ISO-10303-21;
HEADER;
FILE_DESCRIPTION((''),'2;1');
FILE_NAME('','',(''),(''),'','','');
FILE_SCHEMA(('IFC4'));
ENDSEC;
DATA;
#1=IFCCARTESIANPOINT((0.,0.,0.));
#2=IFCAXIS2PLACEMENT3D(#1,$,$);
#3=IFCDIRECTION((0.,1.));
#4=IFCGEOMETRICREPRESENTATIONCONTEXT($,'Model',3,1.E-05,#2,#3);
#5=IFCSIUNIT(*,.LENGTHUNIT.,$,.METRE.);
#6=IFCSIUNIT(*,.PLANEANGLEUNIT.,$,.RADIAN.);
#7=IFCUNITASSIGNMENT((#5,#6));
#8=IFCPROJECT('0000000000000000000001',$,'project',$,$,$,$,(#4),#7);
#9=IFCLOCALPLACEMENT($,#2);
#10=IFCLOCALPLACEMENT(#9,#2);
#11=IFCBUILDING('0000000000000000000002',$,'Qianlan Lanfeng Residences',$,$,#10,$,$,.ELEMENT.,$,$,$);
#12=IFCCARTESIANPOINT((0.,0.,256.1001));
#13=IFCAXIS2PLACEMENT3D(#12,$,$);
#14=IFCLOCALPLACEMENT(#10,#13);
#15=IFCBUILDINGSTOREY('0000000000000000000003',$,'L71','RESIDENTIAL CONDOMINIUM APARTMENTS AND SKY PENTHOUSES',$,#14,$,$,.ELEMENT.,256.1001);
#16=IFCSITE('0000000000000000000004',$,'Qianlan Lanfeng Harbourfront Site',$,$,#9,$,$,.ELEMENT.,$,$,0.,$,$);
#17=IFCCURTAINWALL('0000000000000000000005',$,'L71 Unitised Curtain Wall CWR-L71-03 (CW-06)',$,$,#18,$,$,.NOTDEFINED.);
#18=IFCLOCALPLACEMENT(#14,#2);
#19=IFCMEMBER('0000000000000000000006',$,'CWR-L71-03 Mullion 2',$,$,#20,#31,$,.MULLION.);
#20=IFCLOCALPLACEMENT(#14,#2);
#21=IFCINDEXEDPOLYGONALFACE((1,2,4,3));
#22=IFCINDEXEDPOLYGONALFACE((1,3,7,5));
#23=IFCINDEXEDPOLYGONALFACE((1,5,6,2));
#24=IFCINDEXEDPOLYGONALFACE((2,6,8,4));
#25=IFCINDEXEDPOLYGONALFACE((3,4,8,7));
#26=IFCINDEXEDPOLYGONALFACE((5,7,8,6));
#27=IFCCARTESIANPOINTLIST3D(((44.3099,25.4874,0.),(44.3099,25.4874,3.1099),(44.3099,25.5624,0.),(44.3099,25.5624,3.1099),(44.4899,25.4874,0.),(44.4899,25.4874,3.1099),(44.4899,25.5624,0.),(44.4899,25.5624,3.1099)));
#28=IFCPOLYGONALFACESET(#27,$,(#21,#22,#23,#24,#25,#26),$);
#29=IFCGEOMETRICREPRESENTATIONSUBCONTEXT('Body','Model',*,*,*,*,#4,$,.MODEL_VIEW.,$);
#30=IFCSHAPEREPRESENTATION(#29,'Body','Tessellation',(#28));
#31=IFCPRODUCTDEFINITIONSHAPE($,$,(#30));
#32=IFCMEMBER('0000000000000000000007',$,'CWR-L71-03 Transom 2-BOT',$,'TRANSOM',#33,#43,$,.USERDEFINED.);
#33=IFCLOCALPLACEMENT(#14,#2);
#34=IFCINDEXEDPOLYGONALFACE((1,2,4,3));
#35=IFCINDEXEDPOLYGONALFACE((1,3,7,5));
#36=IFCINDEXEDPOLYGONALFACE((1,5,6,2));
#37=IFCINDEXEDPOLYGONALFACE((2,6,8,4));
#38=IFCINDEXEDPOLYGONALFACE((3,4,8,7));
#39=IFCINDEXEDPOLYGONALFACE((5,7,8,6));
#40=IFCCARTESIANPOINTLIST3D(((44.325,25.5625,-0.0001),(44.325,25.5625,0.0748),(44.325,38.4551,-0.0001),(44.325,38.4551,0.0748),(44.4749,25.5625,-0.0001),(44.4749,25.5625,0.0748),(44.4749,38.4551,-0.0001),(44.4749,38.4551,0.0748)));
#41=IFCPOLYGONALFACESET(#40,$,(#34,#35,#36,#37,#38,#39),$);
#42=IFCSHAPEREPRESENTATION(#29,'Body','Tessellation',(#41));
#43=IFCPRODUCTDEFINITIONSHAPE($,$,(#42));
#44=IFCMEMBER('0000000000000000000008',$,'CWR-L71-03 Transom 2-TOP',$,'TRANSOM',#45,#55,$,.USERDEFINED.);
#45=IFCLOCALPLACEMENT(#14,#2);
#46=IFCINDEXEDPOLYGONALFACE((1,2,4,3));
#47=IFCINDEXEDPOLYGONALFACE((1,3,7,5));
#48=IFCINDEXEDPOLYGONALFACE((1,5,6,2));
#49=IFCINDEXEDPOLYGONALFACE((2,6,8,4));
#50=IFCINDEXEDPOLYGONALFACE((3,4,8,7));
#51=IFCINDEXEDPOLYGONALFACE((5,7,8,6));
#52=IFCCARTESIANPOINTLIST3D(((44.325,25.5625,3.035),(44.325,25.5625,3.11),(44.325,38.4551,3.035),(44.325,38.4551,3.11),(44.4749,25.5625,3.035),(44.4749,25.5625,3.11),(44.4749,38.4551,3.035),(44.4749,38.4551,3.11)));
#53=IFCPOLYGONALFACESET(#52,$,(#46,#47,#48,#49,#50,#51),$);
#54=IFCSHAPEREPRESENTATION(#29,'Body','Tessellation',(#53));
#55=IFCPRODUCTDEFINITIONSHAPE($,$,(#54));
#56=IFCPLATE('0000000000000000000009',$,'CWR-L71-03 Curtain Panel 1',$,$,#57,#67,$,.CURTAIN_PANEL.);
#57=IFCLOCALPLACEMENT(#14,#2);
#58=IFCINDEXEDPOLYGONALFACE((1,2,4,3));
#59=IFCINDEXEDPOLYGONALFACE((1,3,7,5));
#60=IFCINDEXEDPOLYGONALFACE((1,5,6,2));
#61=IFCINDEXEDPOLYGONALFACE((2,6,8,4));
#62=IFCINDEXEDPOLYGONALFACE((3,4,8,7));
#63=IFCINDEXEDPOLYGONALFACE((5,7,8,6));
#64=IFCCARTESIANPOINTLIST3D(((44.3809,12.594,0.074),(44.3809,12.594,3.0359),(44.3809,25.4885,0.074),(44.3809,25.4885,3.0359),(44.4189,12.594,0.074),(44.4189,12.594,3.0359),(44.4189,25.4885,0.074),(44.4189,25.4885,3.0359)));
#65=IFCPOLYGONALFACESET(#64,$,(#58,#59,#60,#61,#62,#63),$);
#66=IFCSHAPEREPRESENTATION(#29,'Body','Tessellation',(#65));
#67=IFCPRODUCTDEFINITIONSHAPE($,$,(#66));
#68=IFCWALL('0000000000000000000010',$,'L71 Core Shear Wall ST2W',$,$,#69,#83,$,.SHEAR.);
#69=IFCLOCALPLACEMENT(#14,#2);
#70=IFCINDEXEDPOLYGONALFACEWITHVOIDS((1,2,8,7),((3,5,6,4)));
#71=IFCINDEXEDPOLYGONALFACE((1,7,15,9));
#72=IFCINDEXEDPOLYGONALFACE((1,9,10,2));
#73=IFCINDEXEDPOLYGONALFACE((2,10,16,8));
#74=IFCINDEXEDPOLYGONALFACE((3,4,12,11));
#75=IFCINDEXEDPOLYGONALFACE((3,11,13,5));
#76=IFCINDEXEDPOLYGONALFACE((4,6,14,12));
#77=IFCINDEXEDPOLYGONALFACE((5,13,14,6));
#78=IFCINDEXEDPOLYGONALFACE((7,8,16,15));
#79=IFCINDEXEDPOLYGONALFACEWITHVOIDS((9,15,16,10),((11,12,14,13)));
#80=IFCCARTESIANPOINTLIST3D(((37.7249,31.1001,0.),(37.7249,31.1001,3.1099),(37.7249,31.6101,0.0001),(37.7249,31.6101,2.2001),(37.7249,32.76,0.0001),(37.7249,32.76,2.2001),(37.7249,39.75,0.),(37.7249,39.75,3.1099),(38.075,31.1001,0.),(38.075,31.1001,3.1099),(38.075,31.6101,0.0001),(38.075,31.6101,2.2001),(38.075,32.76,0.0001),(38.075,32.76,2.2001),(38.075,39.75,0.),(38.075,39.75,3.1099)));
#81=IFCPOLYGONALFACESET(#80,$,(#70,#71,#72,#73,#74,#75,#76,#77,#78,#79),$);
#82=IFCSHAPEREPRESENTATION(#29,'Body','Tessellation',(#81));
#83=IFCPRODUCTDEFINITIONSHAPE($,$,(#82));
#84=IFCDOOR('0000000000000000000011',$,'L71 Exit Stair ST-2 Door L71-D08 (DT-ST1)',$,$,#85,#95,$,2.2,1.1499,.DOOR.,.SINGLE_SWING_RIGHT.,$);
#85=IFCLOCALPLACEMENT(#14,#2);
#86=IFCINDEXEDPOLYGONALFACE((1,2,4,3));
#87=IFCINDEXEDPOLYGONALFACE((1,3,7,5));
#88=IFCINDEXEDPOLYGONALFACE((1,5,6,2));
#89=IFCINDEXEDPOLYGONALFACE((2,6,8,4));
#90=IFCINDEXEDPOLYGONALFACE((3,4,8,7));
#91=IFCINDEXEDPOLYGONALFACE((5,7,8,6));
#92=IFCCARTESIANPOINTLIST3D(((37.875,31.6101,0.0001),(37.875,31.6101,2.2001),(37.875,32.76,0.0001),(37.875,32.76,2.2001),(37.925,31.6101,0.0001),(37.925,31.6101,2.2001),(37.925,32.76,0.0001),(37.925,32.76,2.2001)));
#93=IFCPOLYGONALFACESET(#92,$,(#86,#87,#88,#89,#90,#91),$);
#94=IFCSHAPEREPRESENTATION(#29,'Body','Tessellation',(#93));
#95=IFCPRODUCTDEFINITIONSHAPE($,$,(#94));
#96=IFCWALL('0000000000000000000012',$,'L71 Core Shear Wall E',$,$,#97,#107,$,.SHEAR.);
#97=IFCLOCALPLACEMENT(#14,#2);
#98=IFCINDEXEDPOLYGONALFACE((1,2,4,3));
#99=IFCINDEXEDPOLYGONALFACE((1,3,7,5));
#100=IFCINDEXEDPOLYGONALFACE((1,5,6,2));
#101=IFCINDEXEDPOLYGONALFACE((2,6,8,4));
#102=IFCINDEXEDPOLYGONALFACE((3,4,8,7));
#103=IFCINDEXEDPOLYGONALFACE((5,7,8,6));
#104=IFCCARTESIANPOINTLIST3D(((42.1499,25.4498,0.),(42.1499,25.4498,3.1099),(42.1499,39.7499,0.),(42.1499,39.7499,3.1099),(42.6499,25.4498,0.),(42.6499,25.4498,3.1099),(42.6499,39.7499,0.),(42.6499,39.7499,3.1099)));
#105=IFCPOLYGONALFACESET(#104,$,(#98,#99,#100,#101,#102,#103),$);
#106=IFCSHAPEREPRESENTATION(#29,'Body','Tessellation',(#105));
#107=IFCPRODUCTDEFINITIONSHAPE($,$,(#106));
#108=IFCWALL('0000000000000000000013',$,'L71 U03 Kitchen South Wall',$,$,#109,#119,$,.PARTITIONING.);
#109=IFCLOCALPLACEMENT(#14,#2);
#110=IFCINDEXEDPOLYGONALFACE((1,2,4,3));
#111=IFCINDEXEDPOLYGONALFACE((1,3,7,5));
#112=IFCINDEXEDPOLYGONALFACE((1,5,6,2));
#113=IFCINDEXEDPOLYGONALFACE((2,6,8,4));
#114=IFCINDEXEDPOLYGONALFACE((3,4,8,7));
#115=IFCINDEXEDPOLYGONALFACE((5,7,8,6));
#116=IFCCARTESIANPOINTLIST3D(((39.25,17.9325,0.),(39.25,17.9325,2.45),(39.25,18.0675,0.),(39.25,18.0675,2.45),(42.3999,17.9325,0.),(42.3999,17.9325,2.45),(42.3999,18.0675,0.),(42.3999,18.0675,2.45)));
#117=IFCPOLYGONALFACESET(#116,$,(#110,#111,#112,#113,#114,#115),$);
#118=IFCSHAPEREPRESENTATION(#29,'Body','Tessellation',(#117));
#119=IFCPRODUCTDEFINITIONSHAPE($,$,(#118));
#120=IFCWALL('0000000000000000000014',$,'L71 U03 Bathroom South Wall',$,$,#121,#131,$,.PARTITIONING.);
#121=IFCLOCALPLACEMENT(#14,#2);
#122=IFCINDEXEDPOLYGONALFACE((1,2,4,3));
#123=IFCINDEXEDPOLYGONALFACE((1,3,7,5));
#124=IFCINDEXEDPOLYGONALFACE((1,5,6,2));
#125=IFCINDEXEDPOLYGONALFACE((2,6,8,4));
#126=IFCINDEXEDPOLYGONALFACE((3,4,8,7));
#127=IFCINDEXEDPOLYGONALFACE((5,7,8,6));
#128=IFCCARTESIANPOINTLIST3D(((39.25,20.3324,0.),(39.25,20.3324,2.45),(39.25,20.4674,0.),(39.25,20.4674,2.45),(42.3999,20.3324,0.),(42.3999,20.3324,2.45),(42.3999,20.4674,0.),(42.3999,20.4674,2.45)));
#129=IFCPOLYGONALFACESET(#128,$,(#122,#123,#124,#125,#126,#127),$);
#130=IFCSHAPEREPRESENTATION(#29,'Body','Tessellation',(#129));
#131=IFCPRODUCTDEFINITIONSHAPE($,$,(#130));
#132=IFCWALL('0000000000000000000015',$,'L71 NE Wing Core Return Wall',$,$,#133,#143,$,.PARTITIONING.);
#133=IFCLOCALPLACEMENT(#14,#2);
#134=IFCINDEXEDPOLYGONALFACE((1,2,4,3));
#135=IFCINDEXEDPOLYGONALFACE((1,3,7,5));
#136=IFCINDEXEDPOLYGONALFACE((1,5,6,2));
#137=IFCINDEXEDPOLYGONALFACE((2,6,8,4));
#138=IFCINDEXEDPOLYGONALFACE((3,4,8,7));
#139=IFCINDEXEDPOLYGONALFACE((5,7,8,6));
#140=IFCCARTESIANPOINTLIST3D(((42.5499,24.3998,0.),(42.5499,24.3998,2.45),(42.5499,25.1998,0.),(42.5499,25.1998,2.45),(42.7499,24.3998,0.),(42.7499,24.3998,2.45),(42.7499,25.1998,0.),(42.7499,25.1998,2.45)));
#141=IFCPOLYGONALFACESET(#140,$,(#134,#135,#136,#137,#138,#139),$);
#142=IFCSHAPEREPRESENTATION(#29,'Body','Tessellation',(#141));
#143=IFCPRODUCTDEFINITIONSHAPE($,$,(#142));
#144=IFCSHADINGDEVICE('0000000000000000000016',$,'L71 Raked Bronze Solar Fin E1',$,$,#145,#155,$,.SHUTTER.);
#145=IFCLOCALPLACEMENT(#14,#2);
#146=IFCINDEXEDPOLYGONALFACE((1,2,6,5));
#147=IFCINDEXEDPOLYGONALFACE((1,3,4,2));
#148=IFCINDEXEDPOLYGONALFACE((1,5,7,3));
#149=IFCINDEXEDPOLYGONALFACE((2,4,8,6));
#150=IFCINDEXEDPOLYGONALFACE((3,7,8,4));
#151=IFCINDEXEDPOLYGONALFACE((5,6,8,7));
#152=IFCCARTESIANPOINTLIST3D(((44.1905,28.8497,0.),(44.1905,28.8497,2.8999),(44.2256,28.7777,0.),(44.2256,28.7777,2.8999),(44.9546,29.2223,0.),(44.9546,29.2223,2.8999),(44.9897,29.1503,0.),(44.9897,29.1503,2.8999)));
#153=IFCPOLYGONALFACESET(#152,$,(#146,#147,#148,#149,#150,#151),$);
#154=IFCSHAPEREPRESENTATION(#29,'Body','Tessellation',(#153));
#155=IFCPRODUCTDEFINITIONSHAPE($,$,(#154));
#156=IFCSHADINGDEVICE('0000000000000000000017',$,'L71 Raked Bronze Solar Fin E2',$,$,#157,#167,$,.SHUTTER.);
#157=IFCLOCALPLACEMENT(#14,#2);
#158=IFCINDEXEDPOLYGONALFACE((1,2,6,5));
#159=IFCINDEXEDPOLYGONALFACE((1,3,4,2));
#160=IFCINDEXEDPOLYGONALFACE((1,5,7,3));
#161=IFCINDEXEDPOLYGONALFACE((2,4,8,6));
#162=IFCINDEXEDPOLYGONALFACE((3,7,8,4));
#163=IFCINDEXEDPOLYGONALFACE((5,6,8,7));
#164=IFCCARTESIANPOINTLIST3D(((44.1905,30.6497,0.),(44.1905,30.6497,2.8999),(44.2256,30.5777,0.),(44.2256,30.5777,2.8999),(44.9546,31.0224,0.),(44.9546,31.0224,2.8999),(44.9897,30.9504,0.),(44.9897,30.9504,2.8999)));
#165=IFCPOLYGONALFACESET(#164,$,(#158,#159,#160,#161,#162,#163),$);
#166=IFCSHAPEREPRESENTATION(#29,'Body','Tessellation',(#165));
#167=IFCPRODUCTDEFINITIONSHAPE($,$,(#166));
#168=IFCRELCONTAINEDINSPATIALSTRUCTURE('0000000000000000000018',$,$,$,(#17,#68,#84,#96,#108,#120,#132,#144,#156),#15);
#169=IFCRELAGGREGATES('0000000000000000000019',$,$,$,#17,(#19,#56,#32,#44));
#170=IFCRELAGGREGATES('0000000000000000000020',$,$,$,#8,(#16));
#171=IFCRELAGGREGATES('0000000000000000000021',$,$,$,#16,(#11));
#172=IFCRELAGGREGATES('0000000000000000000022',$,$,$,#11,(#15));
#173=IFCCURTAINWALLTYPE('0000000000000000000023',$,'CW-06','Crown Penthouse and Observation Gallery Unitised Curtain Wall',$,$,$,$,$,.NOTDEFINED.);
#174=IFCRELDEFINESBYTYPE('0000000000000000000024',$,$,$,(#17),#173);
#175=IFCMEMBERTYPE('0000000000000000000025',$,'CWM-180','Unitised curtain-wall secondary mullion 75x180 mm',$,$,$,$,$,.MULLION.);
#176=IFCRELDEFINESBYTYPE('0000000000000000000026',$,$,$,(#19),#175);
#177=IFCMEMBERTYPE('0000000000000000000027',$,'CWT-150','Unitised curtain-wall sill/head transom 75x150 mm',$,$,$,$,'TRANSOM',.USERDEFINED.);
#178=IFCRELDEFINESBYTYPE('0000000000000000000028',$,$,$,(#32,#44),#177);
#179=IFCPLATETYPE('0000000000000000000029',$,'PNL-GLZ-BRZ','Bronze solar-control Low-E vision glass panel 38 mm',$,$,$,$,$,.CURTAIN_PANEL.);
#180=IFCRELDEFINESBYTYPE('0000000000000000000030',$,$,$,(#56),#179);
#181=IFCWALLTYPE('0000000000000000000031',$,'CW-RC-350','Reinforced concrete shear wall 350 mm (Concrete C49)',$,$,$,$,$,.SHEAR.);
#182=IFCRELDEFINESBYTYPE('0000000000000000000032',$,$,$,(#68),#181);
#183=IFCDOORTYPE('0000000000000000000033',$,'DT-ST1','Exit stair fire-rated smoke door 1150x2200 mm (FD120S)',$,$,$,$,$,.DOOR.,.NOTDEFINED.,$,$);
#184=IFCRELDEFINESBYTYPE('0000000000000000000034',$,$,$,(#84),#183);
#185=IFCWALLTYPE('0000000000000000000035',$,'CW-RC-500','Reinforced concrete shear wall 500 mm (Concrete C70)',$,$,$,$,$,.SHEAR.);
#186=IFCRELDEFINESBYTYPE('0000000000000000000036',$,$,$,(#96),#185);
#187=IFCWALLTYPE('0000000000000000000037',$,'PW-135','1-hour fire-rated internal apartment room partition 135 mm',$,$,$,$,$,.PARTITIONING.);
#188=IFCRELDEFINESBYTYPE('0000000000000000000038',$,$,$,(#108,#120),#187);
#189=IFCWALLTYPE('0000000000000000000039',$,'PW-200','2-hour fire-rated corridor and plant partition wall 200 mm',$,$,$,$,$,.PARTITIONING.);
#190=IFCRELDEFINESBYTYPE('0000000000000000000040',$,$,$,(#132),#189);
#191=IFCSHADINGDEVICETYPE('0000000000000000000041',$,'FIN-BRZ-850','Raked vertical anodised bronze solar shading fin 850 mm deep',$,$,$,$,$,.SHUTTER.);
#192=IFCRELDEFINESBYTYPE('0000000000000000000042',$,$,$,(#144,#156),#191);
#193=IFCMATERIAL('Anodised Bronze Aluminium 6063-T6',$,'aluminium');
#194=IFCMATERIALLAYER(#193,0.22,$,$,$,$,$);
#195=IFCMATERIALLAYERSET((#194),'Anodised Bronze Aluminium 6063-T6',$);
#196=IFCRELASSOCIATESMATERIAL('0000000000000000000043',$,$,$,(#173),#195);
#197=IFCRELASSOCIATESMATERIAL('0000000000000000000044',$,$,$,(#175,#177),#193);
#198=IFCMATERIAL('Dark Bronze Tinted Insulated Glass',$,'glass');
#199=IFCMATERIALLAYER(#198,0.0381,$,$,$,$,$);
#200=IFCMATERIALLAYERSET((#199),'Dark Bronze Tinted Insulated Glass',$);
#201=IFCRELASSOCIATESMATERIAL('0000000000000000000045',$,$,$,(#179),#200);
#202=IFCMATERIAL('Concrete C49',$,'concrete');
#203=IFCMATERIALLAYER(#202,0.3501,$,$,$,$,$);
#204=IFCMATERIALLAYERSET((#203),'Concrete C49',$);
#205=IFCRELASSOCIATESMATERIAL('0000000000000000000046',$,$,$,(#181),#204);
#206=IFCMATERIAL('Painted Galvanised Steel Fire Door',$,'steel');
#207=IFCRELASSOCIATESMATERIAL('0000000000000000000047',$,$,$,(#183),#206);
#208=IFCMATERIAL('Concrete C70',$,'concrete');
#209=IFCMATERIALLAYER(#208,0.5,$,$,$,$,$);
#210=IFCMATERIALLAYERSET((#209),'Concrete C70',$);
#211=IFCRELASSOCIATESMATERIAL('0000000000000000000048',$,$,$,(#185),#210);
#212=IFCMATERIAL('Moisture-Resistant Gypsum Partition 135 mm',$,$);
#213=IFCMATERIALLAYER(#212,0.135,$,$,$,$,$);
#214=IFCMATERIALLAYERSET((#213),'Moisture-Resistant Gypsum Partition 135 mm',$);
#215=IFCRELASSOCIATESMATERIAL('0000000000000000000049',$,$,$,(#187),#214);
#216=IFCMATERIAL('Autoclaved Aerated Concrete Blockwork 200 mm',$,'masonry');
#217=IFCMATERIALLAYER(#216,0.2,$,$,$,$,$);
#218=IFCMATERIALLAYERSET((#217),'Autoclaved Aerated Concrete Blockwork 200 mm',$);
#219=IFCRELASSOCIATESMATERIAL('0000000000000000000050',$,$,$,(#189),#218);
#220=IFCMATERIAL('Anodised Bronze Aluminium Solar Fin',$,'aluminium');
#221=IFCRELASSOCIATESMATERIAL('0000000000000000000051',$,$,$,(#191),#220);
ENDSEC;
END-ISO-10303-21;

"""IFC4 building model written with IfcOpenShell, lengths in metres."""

from ifc_helpers import new_model, si_unit, direction, frame, frame_2d, origin, origin_2d, place, context, subcontext, project, spatial, rectangle, extrude, source, transform, mapped, material, layer, layer_set, material_profile, profile_set, type_object, element, fill, aggregate, save


model = new_model("IFC4")

# Units and contexts
model_context = context("Model", 3, precision=1e-05, world=origin(), true_north=direction((0.0, 1.0)))
body_context = subcontext(model_context, "Body", "Model", "MODEL_VIEW")
ifc_project = project(units=[si_unit("LENGTHUNIT", "METRE"), si_unit("PLANEANGLEUNIT", "RADIAN")], contexts=[model_context])

# Site, building, storey
site_placement = place(None, origin())
site = spatial("IfcSite", under=ifc_project, at=site_placement, Name="Qianlan Lanfeng Harbourfront Site", CompositionType="ELEMENT", RefElevation=0.0)
building_placement = place(site_placement, origin())
building = spatial("IfcBuilding", under=site, at=building_placement, Name="Qianlan Lanfeng Residences", CompositionType="ELEMENT")
storey_placement = place(building_placement, frame((0.0, 0.0, 256.1001)))
storey = spatial("IfcBuildingStorey", under=building, at=storey_placement, Name="L71", Description="RESIDENTIAL CONDOMINIUM APARTMENTS AND SKY PENTHOUSES", CompositionType="ELEMENT", Elevation=256.1001)

# Curtain wall, members, plate
ifc_material_1 = material(Name="Anodised Bronze Aluminium 6063-T6", Category="aluminium")
ifc_layer_1 = layer(ifc_material_1, 0.22)
ifc_layer_set_1 = layer_set([ifc_layer_1], Name="Anodised Bronze Aluminium 6063-T6")
curtain_wall_type = type_object("IfcCurtainWallType", Name="CW-06", Description="Crown Penthouse and Observation Gallery Unitised Curtain Wall", PredefinedType="NOTDEFINED", material=ifc_layer_set_1)
curtain_wall_placement = place(storey_placement, origin())
curtain_wall = element("IfcCurtainWall", 1, at=curtain_wall_placement, inside=storey, type_object=curtain_wall_type, Name="L71 Unitised Curtain Wall CWR-L71-03 (CW-06)", PredefinedType="NOTDEFINED")
ifc_material_profile_1 = material_profile(ifc_material_1, rectangle(XDim=0.075, YDim=0.1799, at=origin_2d()), Name="ALU MULLION 75x180")
ifc_profile_set_1 = profile_set([ifc_material_profile_1], Name="Anodised Bronze Aluminium 6063-T6")
member_type_1 = type_object("IfcMemberType", Name="CWM-180", Description="Unitised curtain-wall secondary mullion 75x180 mm", PredefinedType="MULLION", material=ifc_profile_set_1)
shared_shape_1 = source(origin(), body_context, "Body", "SweptSolid", [
    extrude(rectangle(XDim=0.075, YDim=0.1799, at=origin_2d()), origin(), (0.0, 0.0, 1.0), 3.1099),
])
member_1_placement = place(storey_placement, frame((44.3999, 25.5249, 0.0), z_axis=(0.0, 0.0, 1.0), x_axis=(0.0, 1.0, 0.0)))
member_1 = element("IfcMember", 2, at=member_1_placement, type_object=member_type_1, Name="CWR-L71-03 Mullion 2", PredefinedType="MULLION", context=body_context, shape_type="MappedRepresentation", body=[
    mapped(shared_shape_1, transform((0.0, 0.0, 0.0), scale=1.0)),
])
ifc_material_profile_2 = material_profile(ifc_material_1, rectangle(XDim=0.075, YDim=0.1499, at=origin_2d()), Name="ALU TRANSOM 75x150")
ifc_profile_set_2 = profile_set([ifc_material_profile_2], Name="Anodised Bronze Aluminium 6063-T6")
member_type_2 = type_object("IfcMemberType", Name="CWT-150", Description="Unitised curtain-wall sill/head transom 75x150 mm", ElementType="TRANSOM", PredefinedType="USERDEFINED", material=ifc_profile_set_2)
shared_shape_2 = source(origin(), body_context, "Body", "SweptSolid", [
    extrude(rectangle(XDim=0.075, YDim=0.1499, at=origin_2d()), origin(), (0.0, 0.0, 1.0), 12.8926),
])
member_2_placement = place(storey_placement, frame((44.3999, 25.5625, 0.0374), z_axis=(0.0, 1.0, 0.0), x_axis=(0.0, 0.0, 1.0)))
member_2 = element("IfcMember", 3, at=member_2_placement, type_object=member_type_2, Name="CWR-L71-03 Transom 2-BOT", ObjectType="TRANSOM", PredefinedType="USERDEFINED", context=body_context, shape_type="MappedRepresentation", body=[
    mapped(shared_shape_2, transform((0.0, 0.0, 0.0), scale=1.0)),
])
member_3_placement = place(storey_placement, frame((44.3999, 25.5625, 3.0725), z_axis=(0.0, 1.0, 0.0), x_axis=(0.0, 0.0, 1.0)))
member_3 = element("IfcMember", 4, at=member_3_placement, type_object=member_type_2, Name="CWR-L71-03 Transom 2-TOP", ObjectType="TRANSOM", PredefinedType="USERDEFINED", context=body_context, shape_type="MappedRepresentation", body=[
    mapped(shared_shape_2, transform((0.0, 0.0, 0.0), scale=1.0)),
])
ifc_material_2 = material(Name="Dark Bronze Tinted Insulated Glass", Category="glass")
ifc_layer_2 = layer(ifc_material_2, 0.0381)
ifc_layer_set_2 = layer_set([ifc_layer_2], Name="Dark Bronze Tinted Insulated Glass")
plate_type = type_object("IfcPlateType", Name="PNL-GLZ-BRZ", Description="Bronze solar-control Low-E vision glass panel 38 mm", PredefinedType="CURTAIN_PANEL", material=ifc_layer_set_2)
shared_shape_3 = source(origin(), body_context, "Body", "SweptSolid", [
    extrude(rectangle(XDim=12.8945, YDim=0.0381, at=origin_2d()), origin(), (0.0, 0.0, 1.0), 2.9619),
])
plate_placement = place(storey_placement, frame((44.3999, 19.0413, 0.074), z_axis=(0.0, 0.0, 1.0), x_axis=(0.0, 1.0, 0.0)))
plate = element("IfcPlate", 5, at=plate_placement, type_object=plate_type, Name="CWR-L71-03 Curtain Panel 1", PredefinedType="CURTAIN_PANEL", context=body_context, shape_type="MappedRepresentation", body=[
    mapped(shared_shape_3, transform((0.0, 0.0, 0.0), scale=1.0)),
])
aggregate(curtain_wall, [member_1, plate, member_2, member_3])

# Wall, opening, door
ifc_material_3 = material(Name="Concrete C49", Category="concrete")
ifc_layer_3 = layer(ifc_material_3, 0.3501)
ifc_layer_set_3 = layer_set([ifc_layer_3], Name="Concrete C49")
wall_type_1 = type_object("IfcWallType", Name="CW-RC-350", Description="Reinforced concrete shear wall 350 mm (Concrete C49)", PredefinedType="SHEAR", material=ifc_layer_set_3)
wall_1_placement = place(storey_placement, frame((37.8999, 31.1001, 0.0), z_axis=(0.0, 0.0, 1.0), x_axis=(0.0, 1.0, 0.0)))
wall_1 = element("IfcWall", 6, at=wall_1_placement, inside=storey, type_object=wall_type_1, Name="L71 Core Shear Wall ST2W", PredefinedType="SHEAR", context=body_context, shape_type="SweptSolid", body=[
    extrude(rectangle(XDim=8.6499, YDim=0.3501, at=frame_2d((4.325, 0.0))), origin(), (0.0, 0.0, 1.0), 3.1099),
])
opening_1_placement = place(wall_1_placement, frame((0.51, 0.0, 0.0)))
opening_1 = element("IfcOpeningElement", 7, at=opening_1_placement, cuts=wall_1, PredefinedType="OPENING", context=body_context, shape_type="SweptSolid", body=[
    extrude(rectangle(XDim=1.1499, YDim=2.2, at=frame_2d((0.575, 1.1001))), frame((0.0, 0.1851, 0.0), z_axis=(0.0, -1.0, 0.0), x_axis=(1.0, 0.0, 0.0)), (0.0, 0.0, 1.0), 0.3701),
])
ifc_material_4 = material(Name="Painted Galvanised Steel Fire Door", Category="steel")
door_type_1 = type_object("IfcDoorType", Name="DT-ST1", Description="Exit stair fire-rated smoke door 1150x2200 mm (FD120S)", OperationType="NOTDEFINED", PredefinedType="DOOR", material=ifc_material_4)
door_1_placement = place(opening_1_placement, origin())
door_1 = element("IfcDoor", 8, at=door_1_placement, inside=storey, type_object=door_type_1, Name="L71 Exit Stair ST-2 Door L71-D08 (DT-ST1)", OperationType="SINGLE_SWING_RIGHT", OverallHeight=2.2, OverallWidth=1.1499, PredefinedType="DOOR", context=body_context, shape_type="SweptSolid", body=[
    extrude(rectangle(XDim=1.1499, YDim=2.2, at=frame_2d((0.575, 1.1001))), frame((0.0, 0.0249, 0.0), z_axis=(0.0, -1.0, 0.0), x_axis=(1.0, 0.0, 0.0)), (0.0, 0.0, 1.0), 0.05),
])
fill(opening_1, door_1)

# Wall
ifc_material_5 = material(Name="Concrete C70", Category="concrete")
ifc_layer_4 = layer(ifc_material_5, 0.5)
ifc_layer_set_4 = layer_set([ifc_layer_4], Name="Concrete C70")
wall_type_2 = type_object("IfcWallType", Name="CW-RC-500", Description="Reinforced concrete shear wall 500 mm (Concrete C70)", PredefinedType="SHEAR", material=ifc_layer_set_4)
wall_2_placement = place(storey_placement, frame((42.3999, 25.45, 0.0), z_axis=(0.0, 0.0, 1.0), x_axis=(0.0, 1.0, 0.0)))
element("IfcWall", 9, at=wall_2_placement, inside=storey, type_object=wall_type_2, Name="L71 Core Shear Wall E", PredefinedType="SHEAR", context=body_context, shape_type="SweptSolid", body=[
    extrude(rectangle(XDim=14.3, YDim=0.5, at=frame_2d((7.1499, 0.0))), origin(), (0.0, 0.0, 1.0), 3.1099),
])

# Shared definitions
ifc_material_6 = material(Name="Moisture-Resistant Gypsum Partition 135 mm")
ifc_layer_5 = layer(ifc_material_6, 0.135)
ifc_layer_set_5 = layer_set([ifc_layer_5], Name="Moisture-Resistant Gypsum Partition 135 mm")
wall_type_3 = type_object("IfcWallType", Name="PW-135", Description="1-hour fire-rated internal apartment room partition 135 mm", PredefinedType="PARTITIONING", material=ifc_layer_set_5)

# Walls
for number, where, z_axis, x_axis, name in (
    (10, (39.25, 18.0, 0.0), (0.0, 0.0, 1.0), (1.0, 0.0, 0.0), "L71 U03 Kitchen South Wall"),
    (11, (39.25, 20.3999, 0.0), (0.0, 0.0, 1.0), (1.0, 0.0, 0.0), "L71 U03 Bathroom South Wall"),
):
    element("IfcWall", number, at=place(storey_placement, frame(where, z_axis=z_axis, x_axis=x_axis)), inside=storey, type_object=wall_type_3, Name=name, PredefinedType="PARTITIONING", context=body_context, shape_type="SweptSolid", body=[
        extrude(rectangle(XDim=3.1499, YDim=0.135, at=frame_2d((1.575, 0.0))), origin(), (0.0, 0.0, 1.0), 2.45),
    ])

# Shared definitions
ifc_material_7 = material(Name="Autoclaved Aerated Concrete Blockwork 200 mm", Category="masonry")
ifc_layer_6 = layer(ifc_material_7, 0.2)
ifc_layer_set_6 = layer_set([ifc_layer_6], Name="Autoclaved Aerated Concrete Blockwork 200 mm")
wall_type_4 = type_object("IfcWallType", Name="PW-200", Description="2-hour fire-rated corridor and plant partition wall 200 mm", PredefinedType="PARTITIONING", material=ifc_layer_set_6)

# Wall
wall_3_placement = place(storey_placement, frame((42.6499, 24.3999, 0.0), z_axis=(0.0, 0.0, 1.0), x_axis=(0.0, 1.0, 0.0)))
element("IfcWall", 12, at=wall_3_placement, inside=storey, type_object=wall_type_4, Name="L71 NE Wing Core Return Wall", PredefinedType="PARTITIONING", context=body_context, shape_type="SweptSolid", body=[
    extrude(rectangle(XDim=0.8, YDim=0.2, at=frame_2d((0.3999, 0.0))), origin(), (0.0, 0.0, 1.0), 2.45),
])

# Shading devices
ifc_material_8 = material(Name="Anodised Bronze Aluminium Solar Fin", Category="aluminium")
shading_device_type = type_object("IfcShadingDeviceType", Name="FIN-BRZ-850", Description="Raked vertical anodised bronze solar shading fin 850 mm deep", PredefinedType="SHUTTER", material=ifc_material_8)
shared_shape_4 = source(origin(), body_context, "Body", "SweptSolid", [
    extrude(rectangle(XDim=0.8501, YDim=0.0801, at=origin_2d()), origin(), (0.0, 0.0, 1.0), 2.8999),
])
for number, where, z_axis, x_axis, name in (
    (13, (44.5901, 29.0, 0.0), (0.0, 0.0, 1.0), (0.898794, 0.438371, 0.0), "L71 Raked Bronze Solar Fin E1"),
    (14, (44.5901, 30.8, 0.0), (0.0, 0.0, 1.0), (0.898794, 0.438371, 0.0), "L71 Raked Bronze Solar Fin E2"),
):
    element("IfcShadingDevice", number, at=place(storey_placement, frame(where, z_axis=z_axis, x_axis=x_axis)), inside=storey, type_object=shading_device_type, Name=name, PredefinedType="SHUTTER", context=body_context, shape_type="MappedRepresentation", body=[
        mapped(shared_shape_4, transform((0.0, 0.0, 0.0), scale=1.0)),
    ])

save(model, "model.ifc")
